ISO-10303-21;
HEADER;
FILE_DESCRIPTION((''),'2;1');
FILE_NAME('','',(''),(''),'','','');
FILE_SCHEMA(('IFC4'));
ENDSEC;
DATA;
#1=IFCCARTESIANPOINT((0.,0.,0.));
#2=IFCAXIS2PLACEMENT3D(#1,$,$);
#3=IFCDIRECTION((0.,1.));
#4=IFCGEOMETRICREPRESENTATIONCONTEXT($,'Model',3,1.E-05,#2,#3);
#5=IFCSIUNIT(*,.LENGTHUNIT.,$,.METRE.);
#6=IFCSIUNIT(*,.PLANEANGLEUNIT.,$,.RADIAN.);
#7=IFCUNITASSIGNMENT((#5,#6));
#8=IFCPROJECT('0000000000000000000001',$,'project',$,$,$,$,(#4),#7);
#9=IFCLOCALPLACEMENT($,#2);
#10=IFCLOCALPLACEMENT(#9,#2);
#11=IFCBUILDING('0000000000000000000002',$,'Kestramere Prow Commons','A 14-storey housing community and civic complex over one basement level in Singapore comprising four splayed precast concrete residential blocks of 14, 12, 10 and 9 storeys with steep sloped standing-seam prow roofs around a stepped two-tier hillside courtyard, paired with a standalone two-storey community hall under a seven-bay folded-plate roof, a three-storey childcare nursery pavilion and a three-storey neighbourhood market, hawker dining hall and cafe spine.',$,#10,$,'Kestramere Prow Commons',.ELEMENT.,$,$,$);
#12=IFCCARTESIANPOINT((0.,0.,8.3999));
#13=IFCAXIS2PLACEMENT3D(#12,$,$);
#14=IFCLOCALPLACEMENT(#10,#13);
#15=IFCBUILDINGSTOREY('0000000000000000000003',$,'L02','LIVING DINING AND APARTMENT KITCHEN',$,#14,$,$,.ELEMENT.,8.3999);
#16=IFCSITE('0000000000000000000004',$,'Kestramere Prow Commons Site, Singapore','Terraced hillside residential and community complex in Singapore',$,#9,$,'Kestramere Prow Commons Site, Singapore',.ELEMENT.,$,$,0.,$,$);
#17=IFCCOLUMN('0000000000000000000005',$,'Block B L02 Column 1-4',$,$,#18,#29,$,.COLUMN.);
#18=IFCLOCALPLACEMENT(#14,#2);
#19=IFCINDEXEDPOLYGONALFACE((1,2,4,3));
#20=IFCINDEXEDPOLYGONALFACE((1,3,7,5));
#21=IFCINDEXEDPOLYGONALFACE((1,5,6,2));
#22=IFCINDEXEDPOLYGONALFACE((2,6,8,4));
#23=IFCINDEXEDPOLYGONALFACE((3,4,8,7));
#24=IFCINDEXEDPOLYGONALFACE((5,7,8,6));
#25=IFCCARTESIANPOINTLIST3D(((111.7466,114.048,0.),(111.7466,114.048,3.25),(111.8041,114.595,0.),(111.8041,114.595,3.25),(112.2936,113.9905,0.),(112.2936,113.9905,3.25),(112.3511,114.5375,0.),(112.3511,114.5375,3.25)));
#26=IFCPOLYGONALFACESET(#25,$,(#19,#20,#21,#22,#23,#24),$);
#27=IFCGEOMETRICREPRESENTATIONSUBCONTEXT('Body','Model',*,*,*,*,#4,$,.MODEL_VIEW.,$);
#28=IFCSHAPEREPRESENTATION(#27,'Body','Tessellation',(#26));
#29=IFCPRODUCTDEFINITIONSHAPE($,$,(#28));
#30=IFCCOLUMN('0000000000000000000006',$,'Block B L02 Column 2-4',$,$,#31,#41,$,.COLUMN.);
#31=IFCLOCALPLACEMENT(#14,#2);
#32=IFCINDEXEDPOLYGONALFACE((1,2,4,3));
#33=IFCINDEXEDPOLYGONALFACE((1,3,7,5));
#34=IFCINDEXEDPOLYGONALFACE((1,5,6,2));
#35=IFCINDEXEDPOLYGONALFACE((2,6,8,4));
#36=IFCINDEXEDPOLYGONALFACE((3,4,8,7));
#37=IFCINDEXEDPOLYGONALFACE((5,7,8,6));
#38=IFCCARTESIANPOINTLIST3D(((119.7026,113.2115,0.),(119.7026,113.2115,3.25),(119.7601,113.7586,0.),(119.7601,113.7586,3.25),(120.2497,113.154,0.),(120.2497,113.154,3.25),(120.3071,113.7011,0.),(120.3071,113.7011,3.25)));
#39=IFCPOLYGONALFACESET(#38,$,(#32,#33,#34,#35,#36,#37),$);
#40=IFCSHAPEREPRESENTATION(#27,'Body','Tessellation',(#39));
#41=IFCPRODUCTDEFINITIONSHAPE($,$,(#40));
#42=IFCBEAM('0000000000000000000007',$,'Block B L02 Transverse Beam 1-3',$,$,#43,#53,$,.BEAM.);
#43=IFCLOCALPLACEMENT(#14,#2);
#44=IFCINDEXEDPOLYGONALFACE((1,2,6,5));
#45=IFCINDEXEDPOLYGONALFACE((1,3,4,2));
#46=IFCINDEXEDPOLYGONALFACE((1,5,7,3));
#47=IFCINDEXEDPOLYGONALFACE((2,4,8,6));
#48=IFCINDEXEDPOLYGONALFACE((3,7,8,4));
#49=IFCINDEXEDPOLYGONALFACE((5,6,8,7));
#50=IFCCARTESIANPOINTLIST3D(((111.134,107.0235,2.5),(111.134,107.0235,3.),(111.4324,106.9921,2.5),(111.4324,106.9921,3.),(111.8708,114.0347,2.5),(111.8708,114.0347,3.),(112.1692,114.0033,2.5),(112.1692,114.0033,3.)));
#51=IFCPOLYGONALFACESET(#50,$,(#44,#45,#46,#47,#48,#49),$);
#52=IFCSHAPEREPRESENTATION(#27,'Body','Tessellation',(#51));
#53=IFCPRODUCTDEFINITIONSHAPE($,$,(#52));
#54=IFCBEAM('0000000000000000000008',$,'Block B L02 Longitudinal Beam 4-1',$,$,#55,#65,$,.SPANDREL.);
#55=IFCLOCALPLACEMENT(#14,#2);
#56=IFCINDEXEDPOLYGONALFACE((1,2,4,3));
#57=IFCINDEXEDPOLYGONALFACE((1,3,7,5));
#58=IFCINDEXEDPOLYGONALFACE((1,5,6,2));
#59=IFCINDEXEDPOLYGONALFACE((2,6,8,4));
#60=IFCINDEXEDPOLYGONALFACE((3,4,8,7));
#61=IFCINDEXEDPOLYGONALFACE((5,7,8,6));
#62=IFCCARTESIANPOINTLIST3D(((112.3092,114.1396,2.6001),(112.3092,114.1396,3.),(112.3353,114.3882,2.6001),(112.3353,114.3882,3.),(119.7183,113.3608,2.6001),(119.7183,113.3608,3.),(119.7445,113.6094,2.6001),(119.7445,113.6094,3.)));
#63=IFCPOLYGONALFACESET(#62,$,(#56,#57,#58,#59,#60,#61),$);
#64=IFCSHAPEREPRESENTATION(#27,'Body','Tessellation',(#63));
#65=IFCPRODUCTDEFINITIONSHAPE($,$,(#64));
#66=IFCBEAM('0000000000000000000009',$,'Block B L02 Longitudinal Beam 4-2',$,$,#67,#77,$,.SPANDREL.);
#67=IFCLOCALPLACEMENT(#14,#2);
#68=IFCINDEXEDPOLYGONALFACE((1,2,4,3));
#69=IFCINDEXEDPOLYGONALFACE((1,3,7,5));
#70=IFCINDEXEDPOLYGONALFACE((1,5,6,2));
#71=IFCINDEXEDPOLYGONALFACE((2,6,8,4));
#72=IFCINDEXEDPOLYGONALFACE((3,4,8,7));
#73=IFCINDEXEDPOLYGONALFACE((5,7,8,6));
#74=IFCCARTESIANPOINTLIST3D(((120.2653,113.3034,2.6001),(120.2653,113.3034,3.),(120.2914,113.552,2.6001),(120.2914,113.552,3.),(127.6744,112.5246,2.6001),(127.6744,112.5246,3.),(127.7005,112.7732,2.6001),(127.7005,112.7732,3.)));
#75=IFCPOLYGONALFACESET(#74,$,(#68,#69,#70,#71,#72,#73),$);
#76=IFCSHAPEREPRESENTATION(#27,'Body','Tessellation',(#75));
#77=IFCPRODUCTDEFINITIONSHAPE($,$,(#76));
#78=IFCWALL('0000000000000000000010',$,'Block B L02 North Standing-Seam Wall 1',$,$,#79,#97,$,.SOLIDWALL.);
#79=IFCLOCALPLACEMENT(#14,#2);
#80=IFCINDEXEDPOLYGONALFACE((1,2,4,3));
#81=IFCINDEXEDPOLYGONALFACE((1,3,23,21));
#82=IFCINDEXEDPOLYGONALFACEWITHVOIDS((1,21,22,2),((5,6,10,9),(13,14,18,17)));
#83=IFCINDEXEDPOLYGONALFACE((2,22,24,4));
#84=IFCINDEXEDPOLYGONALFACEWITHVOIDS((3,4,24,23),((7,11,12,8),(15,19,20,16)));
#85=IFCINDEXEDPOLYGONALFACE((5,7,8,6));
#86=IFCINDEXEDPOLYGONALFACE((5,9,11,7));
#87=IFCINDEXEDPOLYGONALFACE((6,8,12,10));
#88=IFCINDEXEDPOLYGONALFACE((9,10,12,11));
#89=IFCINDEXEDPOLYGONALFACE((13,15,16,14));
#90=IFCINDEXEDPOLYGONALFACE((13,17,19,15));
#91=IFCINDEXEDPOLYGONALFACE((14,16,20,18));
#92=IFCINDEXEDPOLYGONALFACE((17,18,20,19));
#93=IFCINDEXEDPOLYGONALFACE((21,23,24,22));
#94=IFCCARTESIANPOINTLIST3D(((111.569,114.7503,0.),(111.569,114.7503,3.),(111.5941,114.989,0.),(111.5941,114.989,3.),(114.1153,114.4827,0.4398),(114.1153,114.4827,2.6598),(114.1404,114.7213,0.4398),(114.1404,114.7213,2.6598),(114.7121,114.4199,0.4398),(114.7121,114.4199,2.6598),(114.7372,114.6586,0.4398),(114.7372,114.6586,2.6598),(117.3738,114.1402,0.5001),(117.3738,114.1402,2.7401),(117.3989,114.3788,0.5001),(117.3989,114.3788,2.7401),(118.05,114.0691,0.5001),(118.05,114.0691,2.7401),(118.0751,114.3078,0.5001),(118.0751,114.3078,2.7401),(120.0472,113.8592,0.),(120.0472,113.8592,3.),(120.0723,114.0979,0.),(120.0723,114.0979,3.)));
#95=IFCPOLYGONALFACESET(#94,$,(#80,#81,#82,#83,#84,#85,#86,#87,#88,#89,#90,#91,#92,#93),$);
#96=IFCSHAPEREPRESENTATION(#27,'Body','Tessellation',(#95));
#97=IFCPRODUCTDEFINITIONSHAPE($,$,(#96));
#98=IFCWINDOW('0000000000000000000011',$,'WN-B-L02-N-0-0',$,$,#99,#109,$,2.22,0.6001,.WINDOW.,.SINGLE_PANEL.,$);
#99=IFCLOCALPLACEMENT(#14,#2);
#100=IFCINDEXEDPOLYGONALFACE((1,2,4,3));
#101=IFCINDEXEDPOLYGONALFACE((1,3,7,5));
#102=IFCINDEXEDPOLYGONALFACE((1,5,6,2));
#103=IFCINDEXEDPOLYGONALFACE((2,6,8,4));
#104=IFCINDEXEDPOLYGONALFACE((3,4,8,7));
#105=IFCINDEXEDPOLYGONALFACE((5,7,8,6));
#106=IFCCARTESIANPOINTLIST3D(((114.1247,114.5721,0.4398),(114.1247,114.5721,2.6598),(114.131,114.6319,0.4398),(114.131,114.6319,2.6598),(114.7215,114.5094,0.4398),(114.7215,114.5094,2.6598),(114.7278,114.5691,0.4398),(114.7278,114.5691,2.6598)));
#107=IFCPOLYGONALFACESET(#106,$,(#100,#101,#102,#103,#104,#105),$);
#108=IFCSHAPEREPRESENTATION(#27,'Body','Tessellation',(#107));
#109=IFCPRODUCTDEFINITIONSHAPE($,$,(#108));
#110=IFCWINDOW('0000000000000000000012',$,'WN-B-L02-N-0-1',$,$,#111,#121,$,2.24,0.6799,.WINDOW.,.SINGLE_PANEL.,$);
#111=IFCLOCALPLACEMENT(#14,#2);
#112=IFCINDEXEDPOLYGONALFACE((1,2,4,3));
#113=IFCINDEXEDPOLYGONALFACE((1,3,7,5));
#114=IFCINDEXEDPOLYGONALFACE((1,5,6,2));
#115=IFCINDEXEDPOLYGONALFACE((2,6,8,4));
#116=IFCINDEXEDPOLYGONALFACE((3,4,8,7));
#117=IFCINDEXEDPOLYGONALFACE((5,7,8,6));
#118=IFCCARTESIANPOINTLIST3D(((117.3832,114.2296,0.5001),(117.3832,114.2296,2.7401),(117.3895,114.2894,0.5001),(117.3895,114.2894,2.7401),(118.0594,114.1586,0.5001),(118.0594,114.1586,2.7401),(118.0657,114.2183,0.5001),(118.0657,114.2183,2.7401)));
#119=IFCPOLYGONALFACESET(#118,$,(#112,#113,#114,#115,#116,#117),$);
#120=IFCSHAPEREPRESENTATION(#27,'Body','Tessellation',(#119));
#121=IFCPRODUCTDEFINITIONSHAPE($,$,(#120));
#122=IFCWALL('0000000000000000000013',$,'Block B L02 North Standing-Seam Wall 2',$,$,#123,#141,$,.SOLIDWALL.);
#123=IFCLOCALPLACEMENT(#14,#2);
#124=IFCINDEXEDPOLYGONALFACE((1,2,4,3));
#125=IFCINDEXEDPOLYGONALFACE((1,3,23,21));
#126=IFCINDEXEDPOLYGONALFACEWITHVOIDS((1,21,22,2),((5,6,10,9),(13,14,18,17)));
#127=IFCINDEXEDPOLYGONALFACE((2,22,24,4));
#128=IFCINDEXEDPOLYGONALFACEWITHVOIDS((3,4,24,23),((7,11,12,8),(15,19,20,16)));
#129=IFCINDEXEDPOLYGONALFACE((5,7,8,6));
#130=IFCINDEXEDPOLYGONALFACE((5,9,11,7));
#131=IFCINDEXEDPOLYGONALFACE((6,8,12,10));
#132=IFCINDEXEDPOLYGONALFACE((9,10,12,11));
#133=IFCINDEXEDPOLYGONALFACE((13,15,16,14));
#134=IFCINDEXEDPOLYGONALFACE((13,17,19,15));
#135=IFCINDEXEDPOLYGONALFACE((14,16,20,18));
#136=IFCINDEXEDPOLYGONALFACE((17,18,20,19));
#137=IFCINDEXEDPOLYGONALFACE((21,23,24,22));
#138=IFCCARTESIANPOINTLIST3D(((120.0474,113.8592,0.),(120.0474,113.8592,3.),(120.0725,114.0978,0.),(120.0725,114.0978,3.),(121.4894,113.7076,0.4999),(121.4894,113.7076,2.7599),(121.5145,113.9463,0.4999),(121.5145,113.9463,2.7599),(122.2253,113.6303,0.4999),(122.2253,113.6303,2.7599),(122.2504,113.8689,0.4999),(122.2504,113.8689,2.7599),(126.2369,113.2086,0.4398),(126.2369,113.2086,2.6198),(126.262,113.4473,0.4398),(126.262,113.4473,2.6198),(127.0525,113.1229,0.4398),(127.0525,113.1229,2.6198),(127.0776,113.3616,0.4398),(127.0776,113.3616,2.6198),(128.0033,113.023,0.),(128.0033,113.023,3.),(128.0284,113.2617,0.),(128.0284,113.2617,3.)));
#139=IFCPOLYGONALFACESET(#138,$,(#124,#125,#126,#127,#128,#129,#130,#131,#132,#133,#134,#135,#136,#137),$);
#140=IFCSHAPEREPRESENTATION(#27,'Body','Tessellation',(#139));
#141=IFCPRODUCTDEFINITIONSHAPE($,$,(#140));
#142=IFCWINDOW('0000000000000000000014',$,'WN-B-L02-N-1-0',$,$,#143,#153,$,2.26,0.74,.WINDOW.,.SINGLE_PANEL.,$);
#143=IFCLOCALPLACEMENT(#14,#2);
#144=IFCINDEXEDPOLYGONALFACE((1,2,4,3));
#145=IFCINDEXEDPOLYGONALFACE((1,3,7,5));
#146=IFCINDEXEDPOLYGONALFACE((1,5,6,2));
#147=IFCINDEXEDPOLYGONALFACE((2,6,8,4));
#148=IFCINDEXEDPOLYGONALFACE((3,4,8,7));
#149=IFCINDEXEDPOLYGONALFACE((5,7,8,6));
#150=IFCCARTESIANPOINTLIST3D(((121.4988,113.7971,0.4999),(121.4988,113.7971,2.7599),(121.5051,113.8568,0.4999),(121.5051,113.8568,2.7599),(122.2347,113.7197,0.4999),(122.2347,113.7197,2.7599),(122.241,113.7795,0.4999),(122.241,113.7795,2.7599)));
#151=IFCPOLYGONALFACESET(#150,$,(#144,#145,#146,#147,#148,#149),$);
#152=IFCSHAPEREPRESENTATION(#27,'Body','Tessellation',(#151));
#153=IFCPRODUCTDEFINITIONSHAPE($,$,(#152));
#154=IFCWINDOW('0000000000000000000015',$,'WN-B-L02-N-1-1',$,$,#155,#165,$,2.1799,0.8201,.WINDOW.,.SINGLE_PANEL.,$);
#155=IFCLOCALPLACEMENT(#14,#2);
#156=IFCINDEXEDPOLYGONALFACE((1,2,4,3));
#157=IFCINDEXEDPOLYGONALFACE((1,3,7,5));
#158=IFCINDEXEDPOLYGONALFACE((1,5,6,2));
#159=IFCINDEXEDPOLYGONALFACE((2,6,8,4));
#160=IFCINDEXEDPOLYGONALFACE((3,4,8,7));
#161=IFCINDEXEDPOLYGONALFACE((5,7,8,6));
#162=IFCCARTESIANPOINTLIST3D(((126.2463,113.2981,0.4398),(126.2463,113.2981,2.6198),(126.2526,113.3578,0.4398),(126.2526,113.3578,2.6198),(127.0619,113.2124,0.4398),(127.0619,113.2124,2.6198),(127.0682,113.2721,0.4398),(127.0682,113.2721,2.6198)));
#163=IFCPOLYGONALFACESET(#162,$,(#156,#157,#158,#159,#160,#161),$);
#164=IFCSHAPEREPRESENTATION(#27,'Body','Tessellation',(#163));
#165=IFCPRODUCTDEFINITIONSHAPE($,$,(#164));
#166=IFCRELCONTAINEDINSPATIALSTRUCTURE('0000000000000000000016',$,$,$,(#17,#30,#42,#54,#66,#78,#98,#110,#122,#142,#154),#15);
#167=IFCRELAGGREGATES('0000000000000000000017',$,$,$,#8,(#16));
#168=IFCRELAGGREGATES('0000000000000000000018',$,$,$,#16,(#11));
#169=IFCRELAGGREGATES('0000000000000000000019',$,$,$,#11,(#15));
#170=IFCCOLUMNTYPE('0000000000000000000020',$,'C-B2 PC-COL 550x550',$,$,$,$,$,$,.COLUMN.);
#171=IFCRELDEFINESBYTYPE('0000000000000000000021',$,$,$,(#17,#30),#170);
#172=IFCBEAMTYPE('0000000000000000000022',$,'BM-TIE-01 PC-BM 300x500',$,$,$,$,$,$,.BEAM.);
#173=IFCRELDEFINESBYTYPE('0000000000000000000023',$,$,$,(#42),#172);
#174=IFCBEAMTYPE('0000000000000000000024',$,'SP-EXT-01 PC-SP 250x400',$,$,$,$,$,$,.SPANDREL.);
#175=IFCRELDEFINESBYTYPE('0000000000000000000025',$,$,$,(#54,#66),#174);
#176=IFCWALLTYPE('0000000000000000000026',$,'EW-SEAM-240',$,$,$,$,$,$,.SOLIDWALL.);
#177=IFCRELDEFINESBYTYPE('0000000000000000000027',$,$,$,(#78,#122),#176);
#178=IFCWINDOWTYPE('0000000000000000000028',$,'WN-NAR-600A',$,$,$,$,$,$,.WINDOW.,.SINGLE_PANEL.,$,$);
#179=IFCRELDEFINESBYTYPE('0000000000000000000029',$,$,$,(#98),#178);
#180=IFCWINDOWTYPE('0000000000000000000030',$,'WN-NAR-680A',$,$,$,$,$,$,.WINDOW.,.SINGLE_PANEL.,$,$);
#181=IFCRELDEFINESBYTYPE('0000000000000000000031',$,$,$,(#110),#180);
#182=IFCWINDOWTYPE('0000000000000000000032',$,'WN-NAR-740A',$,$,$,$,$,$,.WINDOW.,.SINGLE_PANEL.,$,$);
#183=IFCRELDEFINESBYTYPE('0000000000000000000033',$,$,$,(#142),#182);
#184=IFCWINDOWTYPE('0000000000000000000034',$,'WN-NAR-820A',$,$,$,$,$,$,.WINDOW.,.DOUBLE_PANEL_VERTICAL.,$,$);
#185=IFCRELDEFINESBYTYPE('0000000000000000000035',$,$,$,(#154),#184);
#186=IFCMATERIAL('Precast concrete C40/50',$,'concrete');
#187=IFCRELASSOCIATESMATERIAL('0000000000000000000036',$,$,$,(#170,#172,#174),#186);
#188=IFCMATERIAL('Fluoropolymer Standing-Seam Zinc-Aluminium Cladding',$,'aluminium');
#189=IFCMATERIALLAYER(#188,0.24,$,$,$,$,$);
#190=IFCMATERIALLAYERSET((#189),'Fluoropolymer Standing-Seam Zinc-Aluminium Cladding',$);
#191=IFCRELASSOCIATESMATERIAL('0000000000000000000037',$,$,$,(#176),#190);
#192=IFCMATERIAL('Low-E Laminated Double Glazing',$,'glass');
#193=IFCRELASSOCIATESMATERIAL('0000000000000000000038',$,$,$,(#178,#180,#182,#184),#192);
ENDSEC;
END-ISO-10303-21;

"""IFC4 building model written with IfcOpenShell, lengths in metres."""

from ifc_helpers import new_model, si_unit, direction, frame, frame_2d, origin, origin_2d, place, context, subcontext, project, spatial, rectangle, extrude, material, layer, layer_set, material_profile, profile_set, type_object, element, fill, save


model = new_model("IFC4")

# Units and contexts
model_context = context("Model", 3, precision=1e-05, world=origin(), true_north=direction((0.0, 1.0)))
body_context = subcontext(model_context, "Body", "Model", "MODEL_VIEW")
ifc_project = project(units=[si_unit("LENGTHUNIT", "METRE"), si_unit("PLANEANGLEUNIT", "RADIAN")], contexts=[model_context])

# Site, building, storey
site_placement = place(None, origin())
site = spatial("IfcSite", under=ifc_project, at=site_placement, Name="Kestramere Prow Commons Site, Singapore", Description="Terraced hillside residential and community complex in Singapore", LongName="Kestramere Prow Commons Site, Singapore", CompositionType="ELEMENT", RefElevation=0.0)
building_placement = place(site_placement, origin())
building = spatial("IfcBuilding", under=site, at=building_placement, Name="Kestramere Prow Commons", Description="A 14-storey housing community and civic complex over one basement level in Singapore comprising four splayed precast concrete residential blocks of 14, 12, 10 and 9 storeys with steep sloped standing-seam prow roofs around a stepped two-tier hillside courtyard, paired with a standalone two-storey community hall under a seven-bay folded-plate roof, a three-storey childcare nursery pavilion and a three-storey neighbourhood market, hawker dining hall and cafe spine.", LongName="Kestramere Prow Commons", CompositionType="ELEMENT")
storey_placement = place(building_placement, frame((0.0, 0.0, 8.3999)))
storey = spatial("IfcBuildingStorey", under=building, at=storey_placement, Name="L02", Description="LIVING DINING AND APARTMENT KITCHEN", CompositionType="ELEMENT", Elevation=8.3999)

# Columns
ifc_material_1 = material(Name="Precast concrete C40/50", Category="concrete")
ifc_material_profile_1 = material_profile(ifc_material_1, rectangle(XDim=0.55, YDim=0.55, at=origin_2d()), Name="PC-COL 550x550")
ifc_profile_set_1 = profile_set([ifc_material_profile_1], Name="Precast concrete C40/50")
column_type = type_object("IfcColumnType", Name="C-B2 PC-COL 550x550", PredefinedType="COLUMN", material=ifc_profile_set_1)
for number, where, z_axis, x_axis, name in (
    (1, (112.0488, 114.2927, 0.0), (0.0, 0.0, 1.0), (0.994522, -0.104528, 0.0), "Block B L02 Column 1-4"),
    (2, (120.0049, 113.4563, 0.0), (0.0, 0.0, 1.0), (0.994522, -0.104528, 0.0), "Block B L02 Column 2-4"),
):
    element("IfcColumn", number, at=place(storey_placement, frame(where, z_axis=z_axis, x_axis=x_axis)), inside=storey, type_object=column_type, Name=name, PredefinedType="COLUMN", context=body_context, shape_type="SweptSolid", body=[
        extrude(rectangle(XDim=0.55, YDim=0.55, at=origin_2d()), origin(), (0.0, 0.0, 1.0), 3.25),
    ])

# Beams
ifc_material_profile_2 = material_profile(ifc_material_1, rectangle(XDim=0.3, YDim=0.5, at=origin_2d()), Name="PC-BM 300x500")
ifc_profile_set_2 = profile_set([ifc_material_profile_2], Name="Precast concrete C40/50")
beam_type_1 = type_object("IfcBeamType", Name="BM-TIE-01 PC-BM 300x500", PredefinedType="BEAM", material=ifc_profile_set_2)
beam_placement = place(storey_placement, frame((111.2832, 107.0078, 2.75), z_axis=(0.104515, 0.994523, 0.0), x_axis=(-0.994523, 0.104515, 0.0)))
element("IfcBeam", 3, at=beam_placement, inside=storey, type_object=beam_type_1, Name="Block B L02 Transverse Beam 1-3", PredefinedType="BEAM", context=body_context, shape_type="SweptSolid", body=[
    extrude(rectangle(XDim=0.3, YDim=0.5, at=origin_2d()), origin(), (0.0, 0.0, 1.0), 7.0498),
])
ifc_material_profile_3 = material_profile(ifc_material_1, rectangle(XDim=0.25, YDim=0.3999, at=origin_2d()), Name="PC-SP 250x400")
ifc_profile_set_3 = profile_set([ifc_material_profile_3], Name="Precast concrete C40/50")
beam_type_2 = type_object("IfcBeamType", Name="SP-EXT-01 PC-SP 250x400", PredefinedType="SPANDREL", material=ifc_profile_set_3)
for number, where, z_axis, x_axis, name in (
    (4, (112.3223, 114.2639, 2.8), (0.994521, -0.104538, 0.0), (0.104538, 0.994521, 0.0), "Block B L02 Longitudinal Beam 4-1"),
    (5, (120.2783, 113.4277, 2.8), (0.994521, -0.104538, 0.0), (0.104538, 0.994521, 0.0), "Block B L02 Longitudinal Beam 4-2"),
):
    element("IfcBeam", number, at=place(storey_placement, frame(where, z_axis=z_axis, x_axis=x_axis)), inside=storey, type_object=beam_type_2, Name=name, PredefinedType="SPANDREL", context=body_context, shape_type="SweptSolid", body=[
        extrude(rectangle(XDim=0.25, YDim=0.3999, at=origin_2d()), origin(), (0.0, 0.0, 1.0), 7.45),
    ])

# Walls, openings, windows
ifc_material_2 = material(Name="Fluoropolymer Standing-Seam Zinc-Aluminium Cladding", Category="aluminium")
ifc_layer_1 = layer(ifc_material_2, 0.24)
ifc_layer_set_1 = layer_set([ifc_layer_1], Name="Fluoropolymer Standing-Seam Zinc-Aluminium Cladding")
wall_type_1 = type_object("IfcWallType", Name="EW-SEAM-240", PredefinedType="SOLIDWALL", material=ifc_layer_set_1)
wall_1_placement = place(storey_placement, frame((111.5815, 114.8696, 0.0), z_axis=(0.0, 0.0, 1.0), x_axis=(0.994522, -0.10453, 0.0)))
wall_1 = element("IfcWall", 6, at=wall_1_placement, inside=storey, type_object=wall_type_1, Name="Block B L02 North Standing-Seam Wall 1", PredefinedType="SOLIDWALL", context=body_context, shape_type="SweptSolid", body=[
    extrude(rectangle(XDim=8.5249, YDim=0.24, at=frame_2d((4.2625, 0.0))), origin(), (0.0, 0.0, 1.0), 3.0),
])
opening_1_placement = place(wall_1_placement, frame((2.5603, 0.0, 0.4399)))
opening_1 = element("IfcOpeningElement", 7, at=opening_1_placement, cuts=wall_1, PredefinedType="OPENING", context=body_context, shape_type="SweptSolid", body=[
    extrude(rectangle(XDim=0.6001, YDim=2.22, at=frame_2d((0.3, 1.1099))), frame((0.0, 0.135, 0.0), z_axis=(0.0, -1.0, 0.0), x_axis=(1.0, 0.0, 0.0)), (0.0, 0.0, 1.0), 0.27),
])
opening_2_placement = place(wall_1_placement, frame((5.8369, 0.0, 0.5)))
opening_2 = element("IfcOpeningElement", 8, at=opening_2_placement, cuts=wall_1, PredefinedType="OPENING", context=body_context, shape_type="SweptSolid", body=[
    extrude(rectangle(XDim=0.6799, YDim=2.24, at=frame_2d((0.3398, 1.1201))), frame((0.0, 0.135, 0.0), z_axis=(0.0, -1.0, 0.0), x_axis=(1.0, 0.0, 0.0)), (0.0, 0.0, 1.0), 0.27),
])
ifc_material_3 = material(Name="Low-E Laminated Double Glazing", Category="glass")
window_type_1 = type_object("IfcWindowType", Name="WN-NAR-600A", PartitioningType="SINGLE_PANEL", PredefinedType="WINDOW", material=ifc_material_3)
window_1_placement = place(opening_1_placement, origin())
window_1 = element("IfcWindow", 9, at=window_1_placement, inside=storey, type_object=window_type_1, Name="WN-B-L02-N-0-0", OverallHeight=2.22, OverallWidth=0.6001, PartitioningType="SINGLE_PANEL", PredefinedType="WINDOW", context=body_context, shape_type="SweptSolid", body=[
    extrude(rectangle(XDim=0.6001, YDim=2.22, at=frame_2d((0.3, 1.1099))), frame((0.0, 0.03, 0.0), z_axis=(0.0, -1.0, 0.0), x_axis=(1.0, 0.0, 0.0)), (0.0, 0.0, 1.0), 0.0601),
])
fill(opening_1, window_1)
window_type_2 = type_object("IfcWindowType", Name="WN-NAR-680A", PartitioningType="SINGLE_PANEL", PredefinedType="WINDOW", material=ifc_material_3)
window_2_placement = place(opening_2_placement, origin())
window_2 = element("IfcWindow", 10, at=window_2_placement, inside=storey, type_object=window_type_2, Name="WN-B-L02-N-0-1", OverallHeight=2.24, OverallWidth=0.6799, PartitioningType="SINGLE_PANEL", PredefinedType="WINDOW", context=body_context, shape_type="SweptSolid", body=[
    extrude(rectangle(XDim=0.6799, YDim=2.24, at=frame_2d((0.3398, 1.1201))), frame((0.0, 0.03, 0.0), z_axis=(0.0, -1.0, 0.0), x_axis=(1.0, 0.0, 0.0)), (0.0, 0.0, 1.0), 0.0601),
])
fill(opening_2, window_2)
wall_2_placement = place(storey_placement, frame((120.0598, 113.9785, 0.0), z_axis=(0.0, 0.0, 1.0), x_axis=(0.994522, -0.104524, 0.0)))
wall_2 = element("IfcWall", 11, at=wall_2_placement, inside=storey, type_object=wall_type_1, Name="Block B L02 North Standing-Seam Wall 2", PredefinedType="SOLIDWALL", context=body_context, shape_type="SweptSolid", body=[
    extrude(rectangle(XDim=7.9998, YDim=0.24, at=frame_2d((4.0, 0.0))), origin(), (0.0, 0.0, 1.0), 3.0),
])
opening_3_placement = place(wall_2_placement, frame((1.45, 0.0, 0.5)))
opening_3 = element("IfcOpeningElement", 12, at=opening_3_placement, cuts=wall_2, PredefinedType="OPENING", context=body_context, shape_type="SweptSolid", body=[
    extrude(rectangle(XDim=0.74, YDim=2.26, at=frame_2d((0.3701, 1.1299))), frame((0.0, 0.135, 0.0), z_axis=(0.0, -1.0, 0.0), x_axis=(1.0, 0.0, 0.0)), (0.0, 0.0, 1.0), 0.27),
])
opening_4_placement = place(wall_2_placement, frame((6.2236, 0.0, 0.4399)))
opening_4 = element("IfcOpeningElement", 13, at=opening_4_placement, cuts=wall_2, PredefinedType="OPENING", context=body_context, shape_type="SweptSolid", body=[
    extrude(rectangle(XDim=0.8201, YDim=2.1799, at=frame_2d((0.4102, 1.0898))), frame((0.0, 0.135, 0.0), z_axis=(0.0, -1.0, 0.0), x_axis=(1.0, 0.0, 0.0)), (0.0, 0.0, 1.0), 0.27),
])
window_type_3 = type_object("IfcWindowType", Name="WN-NAR-740A", PartitioningType="SINGLE_PANEL", PredefinedType="WINDOW", material=ifc_material_3)
window_3_placement = place(opening_3_placement, origin())
window_3 = element("IfcWindow", 14, at=window_3_placement, inside=storey, type_object=window_type_3, Name="WN-B-L02-N-1-0", OverallHeight=2.26, OverallWidth=0.74, PartitioningType="SINGLE_PANEL", PredefinedType="WINDOW", context=body_context, shape_type="SweptSolid", body=[
    extrude(rectangle(XDim=0.74, YDim=2.26, at=frame_2d((0.3701, 1.1299))), frame((0.0, 0.03, 0.0), z_axis=(0.0, -1.0, 0.0), x_axis=(1.0, 0.0, 0.0)), (0.0, 0.0, 1.0), 0.0601),
])
fill(opening_3, window_3)
window_type_4 = type_object("IfcWindowType", Name="WN-NAR-820A", PartitioningType="DOUBLE_PANEL_VERTICAL", PredefinedType="WINDOW", material=ifc_material_3)
window_4_placement = place(opening_4_placement, origin())
window_4 = element("IfcWindow", 15, at=window_4_placement, inside=storey, type_object=window_type_4, Name="WN-B-L02-N-1-1", OverallHeight=2.1799, OverallWidth=0.8201, PartitioningType="SINGLE_PANEL", PredefinedType="WINDOW", context=body_context, shape_type="SweptSolid", body=[
    extrude(rectangle(XDim=0.8201, YDim=2.1799, at=frame_2d((0.4102, 1.0898))), frame((0.0, 0.03, 0.0), z_axis=(0.0, -1.0, 0.0), x_axis=(1.0, 0.0, 0.0)), (0.0, 0.0, 1.0), 0.0601),
])
fill(opening_4, window_4)

save(model, "model.ifc")
